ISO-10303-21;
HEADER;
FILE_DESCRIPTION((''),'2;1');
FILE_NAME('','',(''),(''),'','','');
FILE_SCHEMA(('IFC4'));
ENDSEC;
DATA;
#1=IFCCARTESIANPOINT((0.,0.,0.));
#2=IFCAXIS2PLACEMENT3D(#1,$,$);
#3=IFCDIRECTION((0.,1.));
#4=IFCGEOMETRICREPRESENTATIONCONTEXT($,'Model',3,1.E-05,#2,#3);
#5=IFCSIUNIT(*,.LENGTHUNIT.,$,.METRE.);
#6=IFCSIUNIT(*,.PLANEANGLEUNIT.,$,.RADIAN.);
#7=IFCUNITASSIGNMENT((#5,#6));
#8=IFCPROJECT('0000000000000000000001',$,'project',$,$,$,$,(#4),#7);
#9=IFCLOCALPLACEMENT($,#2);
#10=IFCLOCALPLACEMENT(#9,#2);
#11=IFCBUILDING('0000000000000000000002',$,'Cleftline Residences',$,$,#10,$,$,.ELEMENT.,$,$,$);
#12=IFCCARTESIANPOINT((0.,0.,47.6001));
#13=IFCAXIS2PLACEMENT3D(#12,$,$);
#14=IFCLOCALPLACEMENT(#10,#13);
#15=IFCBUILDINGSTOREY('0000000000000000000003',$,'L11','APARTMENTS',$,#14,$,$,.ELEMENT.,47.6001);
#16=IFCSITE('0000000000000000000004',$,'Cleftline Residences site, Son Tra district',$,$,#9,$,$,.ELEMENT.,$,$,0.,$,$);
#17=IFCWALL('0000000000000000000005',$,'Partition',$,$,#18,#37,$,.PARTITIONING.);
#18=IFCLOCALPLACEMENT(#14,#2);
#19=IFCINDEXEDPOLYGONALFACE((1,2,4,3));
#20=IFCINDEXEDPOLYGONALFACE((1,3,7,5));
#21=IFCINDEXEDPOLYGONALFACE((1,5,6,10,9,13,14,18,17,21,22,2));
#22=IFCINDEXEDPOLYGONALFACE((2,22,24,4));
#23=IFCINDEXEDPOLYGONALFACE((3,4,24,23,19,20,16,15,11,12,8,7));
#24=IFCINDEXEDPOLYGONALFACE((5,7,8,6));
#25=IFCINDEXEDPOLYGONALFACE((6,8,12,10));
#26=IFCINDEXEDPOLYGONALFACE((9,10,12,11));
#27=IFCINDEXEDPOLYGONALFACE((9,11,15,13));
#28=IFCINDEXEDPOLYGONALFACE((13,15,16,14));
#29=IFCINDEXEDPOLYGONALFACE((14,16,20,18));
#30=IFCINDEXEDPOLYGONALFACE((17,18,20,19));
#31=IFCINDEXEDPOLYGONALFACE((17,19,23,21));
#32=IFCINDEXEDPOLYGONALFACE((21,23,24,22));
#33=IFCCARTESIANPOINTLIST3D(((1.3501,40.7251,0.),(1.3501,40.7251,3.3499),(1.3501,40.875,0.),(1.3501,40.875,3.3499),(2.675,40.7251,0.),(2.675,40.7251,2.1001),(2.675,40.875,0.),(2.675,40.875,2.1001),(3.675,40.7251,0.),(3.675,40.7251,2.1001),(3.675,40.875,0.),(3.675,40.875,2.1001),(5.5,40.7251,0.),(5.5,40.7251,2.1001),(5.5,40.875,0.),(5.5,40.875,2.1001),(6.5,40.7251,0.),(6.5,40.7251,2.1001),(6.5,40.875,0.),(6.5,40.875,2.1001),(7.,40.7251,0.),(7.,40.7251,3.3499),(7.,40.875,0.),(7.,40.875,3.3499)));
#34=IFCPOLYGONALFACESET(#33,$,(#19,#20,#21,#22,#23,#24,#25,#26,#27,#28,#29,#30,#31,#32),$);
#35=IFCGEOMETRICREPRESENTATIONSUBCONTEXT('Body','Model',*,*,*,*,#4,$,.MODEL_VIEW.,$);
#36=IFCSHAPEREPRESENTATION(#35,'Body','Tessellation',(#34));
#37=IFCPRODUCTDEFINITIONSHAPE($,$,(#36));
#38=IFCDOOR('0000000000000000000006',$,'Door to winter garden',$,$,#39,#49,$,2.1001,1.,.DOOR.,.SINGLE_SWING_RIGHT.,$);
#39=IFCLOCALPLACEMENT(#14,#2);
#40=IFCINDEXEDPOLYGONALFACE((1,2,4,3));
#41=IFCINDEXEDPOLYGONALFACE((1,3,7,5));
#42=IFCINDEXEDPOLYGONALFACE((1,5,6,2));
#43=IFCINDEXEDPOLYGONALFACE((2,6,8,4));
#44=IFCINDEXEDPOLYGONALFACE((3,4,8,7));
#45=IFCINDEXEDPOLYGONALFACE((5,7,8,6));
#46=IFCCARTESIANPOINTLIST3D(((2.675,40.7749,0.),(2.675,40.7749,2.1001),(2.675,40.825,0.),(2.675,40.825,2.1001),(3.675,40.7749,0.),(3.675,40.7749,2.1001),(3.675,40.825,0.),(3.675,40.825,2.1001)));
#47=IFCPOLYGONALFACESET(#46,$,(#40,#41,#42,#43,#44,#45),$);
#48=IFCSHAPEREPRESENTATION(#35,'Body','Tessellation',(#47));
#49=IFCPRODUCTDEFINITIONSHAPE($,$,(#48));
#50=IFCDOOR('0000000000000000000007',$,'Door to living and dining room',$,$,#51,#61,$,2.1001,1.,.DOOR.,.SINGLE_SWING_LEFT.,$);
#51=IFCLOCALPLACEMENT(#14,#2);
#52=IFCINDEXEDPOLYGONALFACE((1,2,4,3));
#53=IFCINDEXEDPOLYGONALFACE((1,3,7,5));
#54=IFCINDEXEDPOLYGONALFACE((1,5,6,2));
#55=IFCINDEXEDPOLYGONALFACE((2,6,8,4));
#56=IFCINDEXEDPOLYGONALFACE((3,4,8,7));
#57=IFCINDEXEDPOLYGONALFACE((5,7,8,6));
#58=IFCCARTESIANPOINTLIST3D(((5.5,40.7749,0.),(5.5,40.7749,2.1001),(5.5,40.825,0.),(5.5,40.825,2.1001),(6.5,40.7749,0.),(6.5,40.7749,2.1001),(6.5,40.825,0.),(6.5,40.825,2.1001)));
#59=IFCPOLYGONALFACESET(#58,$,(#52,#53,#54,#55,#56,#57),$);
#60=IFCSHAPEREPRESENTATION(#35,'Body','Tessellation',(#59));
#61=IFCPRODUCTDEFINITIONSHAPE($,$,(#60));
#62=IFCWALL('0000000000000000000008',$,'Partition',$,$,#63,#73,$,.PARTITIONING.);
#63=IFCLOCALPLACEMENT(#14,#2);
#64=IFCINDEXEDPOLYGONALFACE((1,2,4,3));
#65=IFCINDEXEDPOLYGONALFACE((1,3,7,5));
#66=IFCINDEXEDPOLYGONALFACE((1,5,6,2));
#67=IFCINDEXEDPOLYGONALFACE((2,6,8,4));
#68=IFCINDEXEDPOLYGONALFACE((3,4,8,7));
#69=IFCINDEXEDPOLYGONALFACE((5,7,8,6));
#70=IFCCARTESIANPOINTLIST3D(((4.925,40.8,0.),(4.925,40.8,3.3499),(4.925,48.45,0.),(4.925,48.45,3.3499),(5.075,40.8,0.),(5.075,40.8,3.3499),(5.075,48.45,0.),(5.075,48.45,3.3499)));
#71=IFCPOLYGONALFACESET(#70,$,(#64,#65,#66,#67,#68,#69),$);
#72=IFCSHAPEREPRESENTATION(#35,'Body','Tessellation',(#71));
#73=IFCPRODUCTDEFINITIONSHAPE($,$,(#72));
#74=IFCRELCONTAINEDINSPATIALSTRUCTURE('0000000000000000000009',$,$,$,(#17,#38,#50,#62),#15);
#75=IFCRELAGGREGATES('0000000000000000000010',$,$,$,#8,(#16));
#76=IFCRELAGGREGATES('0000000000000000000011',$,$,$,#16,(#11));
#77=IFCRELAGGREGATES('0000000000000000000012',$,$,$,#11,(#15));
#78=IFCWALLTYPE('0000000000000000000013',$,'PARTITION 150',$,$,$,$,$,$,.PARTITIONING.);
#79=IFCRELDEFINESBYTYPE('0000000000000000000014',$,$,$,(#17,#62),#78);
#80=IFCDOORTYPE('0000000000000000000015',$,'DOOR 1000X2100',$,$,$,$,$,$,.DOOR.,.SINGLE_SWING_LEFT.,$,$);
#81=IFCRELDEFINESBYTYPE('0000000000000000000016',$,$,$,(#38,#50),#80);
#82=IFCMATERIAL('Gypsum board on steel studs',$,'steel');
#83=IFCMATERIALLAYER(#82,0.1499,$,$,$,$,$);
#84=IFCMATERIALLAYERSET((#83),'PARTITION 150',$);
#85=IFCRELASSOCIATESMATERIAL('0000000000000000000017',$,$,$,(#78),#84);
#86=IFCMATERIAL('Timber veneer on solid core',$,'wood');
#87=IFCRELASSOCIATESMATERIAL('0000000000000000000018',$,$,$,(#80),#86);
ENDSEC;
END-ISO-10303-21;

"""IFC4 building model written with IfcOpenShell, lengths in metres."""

from ifc_helpers import new_model, si_unit, direction, frame, frame_2d, origin, place, context, subcontext, project, spatial, rectangle, extrude, material, layer, layer_set, type_object, element, fill, save


model = new_model("IFC4")

# Units and contexts
model_context = context("Model", 3, precision=1e-05, world=origin(), true_north=direction((0.0, 1.0)))
body_context = subcontext(model_context, "Body", "Model", "MODEL_VIEW")
ifc_project = project(units=[si_unit("LENGTHUNIT", "METRE"), si_unit("PLANEANGLEUNIT", "RADIAN")], contexts=[model_context])

# Site, building, storey
site_placement = place(None, origin())
site = spatial("IfcSite", under=ifc_project, at=site_placement, Name="Cleftline Residences site, Son Tra district", CompositionType="ELEMENT", RefElevation=0.0)
building_placement = place(site_placement, origin())
building = spatial("IfcBuilding", under=site, at=building_placement, Name="Cleftline Residences", CompositionType="ELEMENT")
storey_placement = place(building_placement, frame((0.0, 0.0, 47.6001)))
storey = spatial("IfcBuildingStorey", under=building, at=storey_placement, Name="L11", Description="APARTMENTS", CompositionType="ELEMENT", Elevation=47.6001)

# Wall, openings, doors
ifc_material_1 = material(Name="Gypsum board on steel studs", Category="steel")
ifc_layer_1 = layer(ifc_material_1, 0.1499)
ifc_layer_set_1 = layer_set([ifc_layer_1], Name="PARTITION 150")
wall_type_1 = type_object("IfcWallType", Name="PARTITION 150", PredefinedType="PARTITIONING", material=ifc_layer_set_1)
wall_1_placement = place(storey_placement, frame((1.3501, 40.8, 0.0), z_axis=(0.0, 0.0, 1.0), x_axis=(1.0, 0.0, 0.0)))
wall_1 = element("IfcWall", 1, at=wall_1_placement, inside=storey, type_object=wall_type_1, Name="Partition", PredefinedType="PARTITIONING", context=body_context, shape_type="SweptSolid", body=[
    extrude(rectangle(XDim=5.6499, YDim=0.1499, at=frame_2d((2.825, 0.0))), origin(), (0.0, 0.0, 1.0), 3.3499),
])
opening_1_placement = place(wall_1_placement, frame((1.325, 0.0, 0.0)))
opening_1 = element("IfcOpeningElement", 2, at=opening_1_placement, cuts=wall_1, PredefinedType="OPENING", context=body_context, shape_type="SweptSolid", body=[
    extrude(rectangle(XDim=1.0, YDim=2.1001, at=frame_2d((0.5, 1.05))), frame((0.0, 0.085, 0.0), z_axis=(0.0, -1.0, 0.0), x_axis=(1.0, 0.0, 0.0)), (0.0, 0.0, 1.0), 0.1699),
])
opening_2_placement = place(wall_1_placement, frame((4.1499, 0.0, 0.0)))
opening_2 = element("IfcOpeningElement", 3, at=opening_2_placement, cuts=wall_1, PredefinedType="OPENING", context=body_context, shape_type="SweptSolid", body=[
    extrude(rectangle(XDim=1.0, YDim=2.1001, at=frame_2d((0.5, 1.05))), frame((0.0, 0.085, 0.0), z_axis=(0.0, -1.0, 0.0), x_axis=(1.0, 0.0, 0.0)), (0.0, 0.0, 1.0), 0.1699),
])
ifc_material_2 = material(Name="Timber veneer on solid core", Category="wood")
door_type = type_object("IfcDoorType", Name="DOOR 1000X2100", OperationType="SINGLE_SWING_LEFT", PredefinedType="DOOR", material=ifc_material_2)
door_1_placement = place(opening_1_placement, origin())
door_1 = element("IfcDoor", 4, at=door_1_placement, inside=storey, type_object=door_type, Name="Door to winter garden", OperationType="SINGLE_SWING_RIGHT", OverallHeight=2.1001, OverallWidth=1.0, PredefinedType="DOOR", context=body_context, shape_type="SweptSolid", body=[
    extrude(rectangle(XDim=1.0, YDim=2.1001, at=frame_2d((0.5, 1.05))), frame((0.0, 0.0249, 0.0), z_axis=(0.0, -1.0, 0.0), x_axis=(1.0, 0.0, 0.0)), (0.0, 0.0, 1.0), 0.05),
])
fill(opening_1, door_1)
door_2_placement = place(opening_2_placement, origin())
door_2 = element("IfcDoor", 5, at=door_2_placement, inside=storey, type_object=door_type, Name="Door to living and dining room", OperationType="SINGLE_SWING_LEFT", OverallHeight=2.1001, OverallWidth=1.0, PredefinedType="DOOR", context=body_context, shape_type="SweptSolid", body=[
    extrude(rectangle(XDim=1.0, YDim=2.1001, at=frame_2d((0.5, 1.05))), frame((0.0, 0.0249, 0.0), z_axis=(0.0, -1.0, 0.0), x_axis=(1.0, 0.0, 0.0)), (0.0, 0.0, 1.0), 0.05),
])
fill(opening_2, door_2)

# Wall
wall_2_placement = place(storey_placement, frame((5.0, 40.8, 0.0), z_axis=(0.0, 0.0, 1.0), x_axis=(0.0, 1.0, 0.0)))
element("IfcWall", 6, at=wall_2_placement, inside=storey, type_object=wall_type_1, Name="Partition", PredefinedType="PARTITIONING", context=body_context, shape_type="SweptSolid", body=[
    extrude(rectangle(XDim=7.6499, YDim=0.1499, at=frame_2d((3.825, 0.0))), origin(), (0.0, 0.0, 1.0), 3.3499),
])

save(model, "model.ifc")
